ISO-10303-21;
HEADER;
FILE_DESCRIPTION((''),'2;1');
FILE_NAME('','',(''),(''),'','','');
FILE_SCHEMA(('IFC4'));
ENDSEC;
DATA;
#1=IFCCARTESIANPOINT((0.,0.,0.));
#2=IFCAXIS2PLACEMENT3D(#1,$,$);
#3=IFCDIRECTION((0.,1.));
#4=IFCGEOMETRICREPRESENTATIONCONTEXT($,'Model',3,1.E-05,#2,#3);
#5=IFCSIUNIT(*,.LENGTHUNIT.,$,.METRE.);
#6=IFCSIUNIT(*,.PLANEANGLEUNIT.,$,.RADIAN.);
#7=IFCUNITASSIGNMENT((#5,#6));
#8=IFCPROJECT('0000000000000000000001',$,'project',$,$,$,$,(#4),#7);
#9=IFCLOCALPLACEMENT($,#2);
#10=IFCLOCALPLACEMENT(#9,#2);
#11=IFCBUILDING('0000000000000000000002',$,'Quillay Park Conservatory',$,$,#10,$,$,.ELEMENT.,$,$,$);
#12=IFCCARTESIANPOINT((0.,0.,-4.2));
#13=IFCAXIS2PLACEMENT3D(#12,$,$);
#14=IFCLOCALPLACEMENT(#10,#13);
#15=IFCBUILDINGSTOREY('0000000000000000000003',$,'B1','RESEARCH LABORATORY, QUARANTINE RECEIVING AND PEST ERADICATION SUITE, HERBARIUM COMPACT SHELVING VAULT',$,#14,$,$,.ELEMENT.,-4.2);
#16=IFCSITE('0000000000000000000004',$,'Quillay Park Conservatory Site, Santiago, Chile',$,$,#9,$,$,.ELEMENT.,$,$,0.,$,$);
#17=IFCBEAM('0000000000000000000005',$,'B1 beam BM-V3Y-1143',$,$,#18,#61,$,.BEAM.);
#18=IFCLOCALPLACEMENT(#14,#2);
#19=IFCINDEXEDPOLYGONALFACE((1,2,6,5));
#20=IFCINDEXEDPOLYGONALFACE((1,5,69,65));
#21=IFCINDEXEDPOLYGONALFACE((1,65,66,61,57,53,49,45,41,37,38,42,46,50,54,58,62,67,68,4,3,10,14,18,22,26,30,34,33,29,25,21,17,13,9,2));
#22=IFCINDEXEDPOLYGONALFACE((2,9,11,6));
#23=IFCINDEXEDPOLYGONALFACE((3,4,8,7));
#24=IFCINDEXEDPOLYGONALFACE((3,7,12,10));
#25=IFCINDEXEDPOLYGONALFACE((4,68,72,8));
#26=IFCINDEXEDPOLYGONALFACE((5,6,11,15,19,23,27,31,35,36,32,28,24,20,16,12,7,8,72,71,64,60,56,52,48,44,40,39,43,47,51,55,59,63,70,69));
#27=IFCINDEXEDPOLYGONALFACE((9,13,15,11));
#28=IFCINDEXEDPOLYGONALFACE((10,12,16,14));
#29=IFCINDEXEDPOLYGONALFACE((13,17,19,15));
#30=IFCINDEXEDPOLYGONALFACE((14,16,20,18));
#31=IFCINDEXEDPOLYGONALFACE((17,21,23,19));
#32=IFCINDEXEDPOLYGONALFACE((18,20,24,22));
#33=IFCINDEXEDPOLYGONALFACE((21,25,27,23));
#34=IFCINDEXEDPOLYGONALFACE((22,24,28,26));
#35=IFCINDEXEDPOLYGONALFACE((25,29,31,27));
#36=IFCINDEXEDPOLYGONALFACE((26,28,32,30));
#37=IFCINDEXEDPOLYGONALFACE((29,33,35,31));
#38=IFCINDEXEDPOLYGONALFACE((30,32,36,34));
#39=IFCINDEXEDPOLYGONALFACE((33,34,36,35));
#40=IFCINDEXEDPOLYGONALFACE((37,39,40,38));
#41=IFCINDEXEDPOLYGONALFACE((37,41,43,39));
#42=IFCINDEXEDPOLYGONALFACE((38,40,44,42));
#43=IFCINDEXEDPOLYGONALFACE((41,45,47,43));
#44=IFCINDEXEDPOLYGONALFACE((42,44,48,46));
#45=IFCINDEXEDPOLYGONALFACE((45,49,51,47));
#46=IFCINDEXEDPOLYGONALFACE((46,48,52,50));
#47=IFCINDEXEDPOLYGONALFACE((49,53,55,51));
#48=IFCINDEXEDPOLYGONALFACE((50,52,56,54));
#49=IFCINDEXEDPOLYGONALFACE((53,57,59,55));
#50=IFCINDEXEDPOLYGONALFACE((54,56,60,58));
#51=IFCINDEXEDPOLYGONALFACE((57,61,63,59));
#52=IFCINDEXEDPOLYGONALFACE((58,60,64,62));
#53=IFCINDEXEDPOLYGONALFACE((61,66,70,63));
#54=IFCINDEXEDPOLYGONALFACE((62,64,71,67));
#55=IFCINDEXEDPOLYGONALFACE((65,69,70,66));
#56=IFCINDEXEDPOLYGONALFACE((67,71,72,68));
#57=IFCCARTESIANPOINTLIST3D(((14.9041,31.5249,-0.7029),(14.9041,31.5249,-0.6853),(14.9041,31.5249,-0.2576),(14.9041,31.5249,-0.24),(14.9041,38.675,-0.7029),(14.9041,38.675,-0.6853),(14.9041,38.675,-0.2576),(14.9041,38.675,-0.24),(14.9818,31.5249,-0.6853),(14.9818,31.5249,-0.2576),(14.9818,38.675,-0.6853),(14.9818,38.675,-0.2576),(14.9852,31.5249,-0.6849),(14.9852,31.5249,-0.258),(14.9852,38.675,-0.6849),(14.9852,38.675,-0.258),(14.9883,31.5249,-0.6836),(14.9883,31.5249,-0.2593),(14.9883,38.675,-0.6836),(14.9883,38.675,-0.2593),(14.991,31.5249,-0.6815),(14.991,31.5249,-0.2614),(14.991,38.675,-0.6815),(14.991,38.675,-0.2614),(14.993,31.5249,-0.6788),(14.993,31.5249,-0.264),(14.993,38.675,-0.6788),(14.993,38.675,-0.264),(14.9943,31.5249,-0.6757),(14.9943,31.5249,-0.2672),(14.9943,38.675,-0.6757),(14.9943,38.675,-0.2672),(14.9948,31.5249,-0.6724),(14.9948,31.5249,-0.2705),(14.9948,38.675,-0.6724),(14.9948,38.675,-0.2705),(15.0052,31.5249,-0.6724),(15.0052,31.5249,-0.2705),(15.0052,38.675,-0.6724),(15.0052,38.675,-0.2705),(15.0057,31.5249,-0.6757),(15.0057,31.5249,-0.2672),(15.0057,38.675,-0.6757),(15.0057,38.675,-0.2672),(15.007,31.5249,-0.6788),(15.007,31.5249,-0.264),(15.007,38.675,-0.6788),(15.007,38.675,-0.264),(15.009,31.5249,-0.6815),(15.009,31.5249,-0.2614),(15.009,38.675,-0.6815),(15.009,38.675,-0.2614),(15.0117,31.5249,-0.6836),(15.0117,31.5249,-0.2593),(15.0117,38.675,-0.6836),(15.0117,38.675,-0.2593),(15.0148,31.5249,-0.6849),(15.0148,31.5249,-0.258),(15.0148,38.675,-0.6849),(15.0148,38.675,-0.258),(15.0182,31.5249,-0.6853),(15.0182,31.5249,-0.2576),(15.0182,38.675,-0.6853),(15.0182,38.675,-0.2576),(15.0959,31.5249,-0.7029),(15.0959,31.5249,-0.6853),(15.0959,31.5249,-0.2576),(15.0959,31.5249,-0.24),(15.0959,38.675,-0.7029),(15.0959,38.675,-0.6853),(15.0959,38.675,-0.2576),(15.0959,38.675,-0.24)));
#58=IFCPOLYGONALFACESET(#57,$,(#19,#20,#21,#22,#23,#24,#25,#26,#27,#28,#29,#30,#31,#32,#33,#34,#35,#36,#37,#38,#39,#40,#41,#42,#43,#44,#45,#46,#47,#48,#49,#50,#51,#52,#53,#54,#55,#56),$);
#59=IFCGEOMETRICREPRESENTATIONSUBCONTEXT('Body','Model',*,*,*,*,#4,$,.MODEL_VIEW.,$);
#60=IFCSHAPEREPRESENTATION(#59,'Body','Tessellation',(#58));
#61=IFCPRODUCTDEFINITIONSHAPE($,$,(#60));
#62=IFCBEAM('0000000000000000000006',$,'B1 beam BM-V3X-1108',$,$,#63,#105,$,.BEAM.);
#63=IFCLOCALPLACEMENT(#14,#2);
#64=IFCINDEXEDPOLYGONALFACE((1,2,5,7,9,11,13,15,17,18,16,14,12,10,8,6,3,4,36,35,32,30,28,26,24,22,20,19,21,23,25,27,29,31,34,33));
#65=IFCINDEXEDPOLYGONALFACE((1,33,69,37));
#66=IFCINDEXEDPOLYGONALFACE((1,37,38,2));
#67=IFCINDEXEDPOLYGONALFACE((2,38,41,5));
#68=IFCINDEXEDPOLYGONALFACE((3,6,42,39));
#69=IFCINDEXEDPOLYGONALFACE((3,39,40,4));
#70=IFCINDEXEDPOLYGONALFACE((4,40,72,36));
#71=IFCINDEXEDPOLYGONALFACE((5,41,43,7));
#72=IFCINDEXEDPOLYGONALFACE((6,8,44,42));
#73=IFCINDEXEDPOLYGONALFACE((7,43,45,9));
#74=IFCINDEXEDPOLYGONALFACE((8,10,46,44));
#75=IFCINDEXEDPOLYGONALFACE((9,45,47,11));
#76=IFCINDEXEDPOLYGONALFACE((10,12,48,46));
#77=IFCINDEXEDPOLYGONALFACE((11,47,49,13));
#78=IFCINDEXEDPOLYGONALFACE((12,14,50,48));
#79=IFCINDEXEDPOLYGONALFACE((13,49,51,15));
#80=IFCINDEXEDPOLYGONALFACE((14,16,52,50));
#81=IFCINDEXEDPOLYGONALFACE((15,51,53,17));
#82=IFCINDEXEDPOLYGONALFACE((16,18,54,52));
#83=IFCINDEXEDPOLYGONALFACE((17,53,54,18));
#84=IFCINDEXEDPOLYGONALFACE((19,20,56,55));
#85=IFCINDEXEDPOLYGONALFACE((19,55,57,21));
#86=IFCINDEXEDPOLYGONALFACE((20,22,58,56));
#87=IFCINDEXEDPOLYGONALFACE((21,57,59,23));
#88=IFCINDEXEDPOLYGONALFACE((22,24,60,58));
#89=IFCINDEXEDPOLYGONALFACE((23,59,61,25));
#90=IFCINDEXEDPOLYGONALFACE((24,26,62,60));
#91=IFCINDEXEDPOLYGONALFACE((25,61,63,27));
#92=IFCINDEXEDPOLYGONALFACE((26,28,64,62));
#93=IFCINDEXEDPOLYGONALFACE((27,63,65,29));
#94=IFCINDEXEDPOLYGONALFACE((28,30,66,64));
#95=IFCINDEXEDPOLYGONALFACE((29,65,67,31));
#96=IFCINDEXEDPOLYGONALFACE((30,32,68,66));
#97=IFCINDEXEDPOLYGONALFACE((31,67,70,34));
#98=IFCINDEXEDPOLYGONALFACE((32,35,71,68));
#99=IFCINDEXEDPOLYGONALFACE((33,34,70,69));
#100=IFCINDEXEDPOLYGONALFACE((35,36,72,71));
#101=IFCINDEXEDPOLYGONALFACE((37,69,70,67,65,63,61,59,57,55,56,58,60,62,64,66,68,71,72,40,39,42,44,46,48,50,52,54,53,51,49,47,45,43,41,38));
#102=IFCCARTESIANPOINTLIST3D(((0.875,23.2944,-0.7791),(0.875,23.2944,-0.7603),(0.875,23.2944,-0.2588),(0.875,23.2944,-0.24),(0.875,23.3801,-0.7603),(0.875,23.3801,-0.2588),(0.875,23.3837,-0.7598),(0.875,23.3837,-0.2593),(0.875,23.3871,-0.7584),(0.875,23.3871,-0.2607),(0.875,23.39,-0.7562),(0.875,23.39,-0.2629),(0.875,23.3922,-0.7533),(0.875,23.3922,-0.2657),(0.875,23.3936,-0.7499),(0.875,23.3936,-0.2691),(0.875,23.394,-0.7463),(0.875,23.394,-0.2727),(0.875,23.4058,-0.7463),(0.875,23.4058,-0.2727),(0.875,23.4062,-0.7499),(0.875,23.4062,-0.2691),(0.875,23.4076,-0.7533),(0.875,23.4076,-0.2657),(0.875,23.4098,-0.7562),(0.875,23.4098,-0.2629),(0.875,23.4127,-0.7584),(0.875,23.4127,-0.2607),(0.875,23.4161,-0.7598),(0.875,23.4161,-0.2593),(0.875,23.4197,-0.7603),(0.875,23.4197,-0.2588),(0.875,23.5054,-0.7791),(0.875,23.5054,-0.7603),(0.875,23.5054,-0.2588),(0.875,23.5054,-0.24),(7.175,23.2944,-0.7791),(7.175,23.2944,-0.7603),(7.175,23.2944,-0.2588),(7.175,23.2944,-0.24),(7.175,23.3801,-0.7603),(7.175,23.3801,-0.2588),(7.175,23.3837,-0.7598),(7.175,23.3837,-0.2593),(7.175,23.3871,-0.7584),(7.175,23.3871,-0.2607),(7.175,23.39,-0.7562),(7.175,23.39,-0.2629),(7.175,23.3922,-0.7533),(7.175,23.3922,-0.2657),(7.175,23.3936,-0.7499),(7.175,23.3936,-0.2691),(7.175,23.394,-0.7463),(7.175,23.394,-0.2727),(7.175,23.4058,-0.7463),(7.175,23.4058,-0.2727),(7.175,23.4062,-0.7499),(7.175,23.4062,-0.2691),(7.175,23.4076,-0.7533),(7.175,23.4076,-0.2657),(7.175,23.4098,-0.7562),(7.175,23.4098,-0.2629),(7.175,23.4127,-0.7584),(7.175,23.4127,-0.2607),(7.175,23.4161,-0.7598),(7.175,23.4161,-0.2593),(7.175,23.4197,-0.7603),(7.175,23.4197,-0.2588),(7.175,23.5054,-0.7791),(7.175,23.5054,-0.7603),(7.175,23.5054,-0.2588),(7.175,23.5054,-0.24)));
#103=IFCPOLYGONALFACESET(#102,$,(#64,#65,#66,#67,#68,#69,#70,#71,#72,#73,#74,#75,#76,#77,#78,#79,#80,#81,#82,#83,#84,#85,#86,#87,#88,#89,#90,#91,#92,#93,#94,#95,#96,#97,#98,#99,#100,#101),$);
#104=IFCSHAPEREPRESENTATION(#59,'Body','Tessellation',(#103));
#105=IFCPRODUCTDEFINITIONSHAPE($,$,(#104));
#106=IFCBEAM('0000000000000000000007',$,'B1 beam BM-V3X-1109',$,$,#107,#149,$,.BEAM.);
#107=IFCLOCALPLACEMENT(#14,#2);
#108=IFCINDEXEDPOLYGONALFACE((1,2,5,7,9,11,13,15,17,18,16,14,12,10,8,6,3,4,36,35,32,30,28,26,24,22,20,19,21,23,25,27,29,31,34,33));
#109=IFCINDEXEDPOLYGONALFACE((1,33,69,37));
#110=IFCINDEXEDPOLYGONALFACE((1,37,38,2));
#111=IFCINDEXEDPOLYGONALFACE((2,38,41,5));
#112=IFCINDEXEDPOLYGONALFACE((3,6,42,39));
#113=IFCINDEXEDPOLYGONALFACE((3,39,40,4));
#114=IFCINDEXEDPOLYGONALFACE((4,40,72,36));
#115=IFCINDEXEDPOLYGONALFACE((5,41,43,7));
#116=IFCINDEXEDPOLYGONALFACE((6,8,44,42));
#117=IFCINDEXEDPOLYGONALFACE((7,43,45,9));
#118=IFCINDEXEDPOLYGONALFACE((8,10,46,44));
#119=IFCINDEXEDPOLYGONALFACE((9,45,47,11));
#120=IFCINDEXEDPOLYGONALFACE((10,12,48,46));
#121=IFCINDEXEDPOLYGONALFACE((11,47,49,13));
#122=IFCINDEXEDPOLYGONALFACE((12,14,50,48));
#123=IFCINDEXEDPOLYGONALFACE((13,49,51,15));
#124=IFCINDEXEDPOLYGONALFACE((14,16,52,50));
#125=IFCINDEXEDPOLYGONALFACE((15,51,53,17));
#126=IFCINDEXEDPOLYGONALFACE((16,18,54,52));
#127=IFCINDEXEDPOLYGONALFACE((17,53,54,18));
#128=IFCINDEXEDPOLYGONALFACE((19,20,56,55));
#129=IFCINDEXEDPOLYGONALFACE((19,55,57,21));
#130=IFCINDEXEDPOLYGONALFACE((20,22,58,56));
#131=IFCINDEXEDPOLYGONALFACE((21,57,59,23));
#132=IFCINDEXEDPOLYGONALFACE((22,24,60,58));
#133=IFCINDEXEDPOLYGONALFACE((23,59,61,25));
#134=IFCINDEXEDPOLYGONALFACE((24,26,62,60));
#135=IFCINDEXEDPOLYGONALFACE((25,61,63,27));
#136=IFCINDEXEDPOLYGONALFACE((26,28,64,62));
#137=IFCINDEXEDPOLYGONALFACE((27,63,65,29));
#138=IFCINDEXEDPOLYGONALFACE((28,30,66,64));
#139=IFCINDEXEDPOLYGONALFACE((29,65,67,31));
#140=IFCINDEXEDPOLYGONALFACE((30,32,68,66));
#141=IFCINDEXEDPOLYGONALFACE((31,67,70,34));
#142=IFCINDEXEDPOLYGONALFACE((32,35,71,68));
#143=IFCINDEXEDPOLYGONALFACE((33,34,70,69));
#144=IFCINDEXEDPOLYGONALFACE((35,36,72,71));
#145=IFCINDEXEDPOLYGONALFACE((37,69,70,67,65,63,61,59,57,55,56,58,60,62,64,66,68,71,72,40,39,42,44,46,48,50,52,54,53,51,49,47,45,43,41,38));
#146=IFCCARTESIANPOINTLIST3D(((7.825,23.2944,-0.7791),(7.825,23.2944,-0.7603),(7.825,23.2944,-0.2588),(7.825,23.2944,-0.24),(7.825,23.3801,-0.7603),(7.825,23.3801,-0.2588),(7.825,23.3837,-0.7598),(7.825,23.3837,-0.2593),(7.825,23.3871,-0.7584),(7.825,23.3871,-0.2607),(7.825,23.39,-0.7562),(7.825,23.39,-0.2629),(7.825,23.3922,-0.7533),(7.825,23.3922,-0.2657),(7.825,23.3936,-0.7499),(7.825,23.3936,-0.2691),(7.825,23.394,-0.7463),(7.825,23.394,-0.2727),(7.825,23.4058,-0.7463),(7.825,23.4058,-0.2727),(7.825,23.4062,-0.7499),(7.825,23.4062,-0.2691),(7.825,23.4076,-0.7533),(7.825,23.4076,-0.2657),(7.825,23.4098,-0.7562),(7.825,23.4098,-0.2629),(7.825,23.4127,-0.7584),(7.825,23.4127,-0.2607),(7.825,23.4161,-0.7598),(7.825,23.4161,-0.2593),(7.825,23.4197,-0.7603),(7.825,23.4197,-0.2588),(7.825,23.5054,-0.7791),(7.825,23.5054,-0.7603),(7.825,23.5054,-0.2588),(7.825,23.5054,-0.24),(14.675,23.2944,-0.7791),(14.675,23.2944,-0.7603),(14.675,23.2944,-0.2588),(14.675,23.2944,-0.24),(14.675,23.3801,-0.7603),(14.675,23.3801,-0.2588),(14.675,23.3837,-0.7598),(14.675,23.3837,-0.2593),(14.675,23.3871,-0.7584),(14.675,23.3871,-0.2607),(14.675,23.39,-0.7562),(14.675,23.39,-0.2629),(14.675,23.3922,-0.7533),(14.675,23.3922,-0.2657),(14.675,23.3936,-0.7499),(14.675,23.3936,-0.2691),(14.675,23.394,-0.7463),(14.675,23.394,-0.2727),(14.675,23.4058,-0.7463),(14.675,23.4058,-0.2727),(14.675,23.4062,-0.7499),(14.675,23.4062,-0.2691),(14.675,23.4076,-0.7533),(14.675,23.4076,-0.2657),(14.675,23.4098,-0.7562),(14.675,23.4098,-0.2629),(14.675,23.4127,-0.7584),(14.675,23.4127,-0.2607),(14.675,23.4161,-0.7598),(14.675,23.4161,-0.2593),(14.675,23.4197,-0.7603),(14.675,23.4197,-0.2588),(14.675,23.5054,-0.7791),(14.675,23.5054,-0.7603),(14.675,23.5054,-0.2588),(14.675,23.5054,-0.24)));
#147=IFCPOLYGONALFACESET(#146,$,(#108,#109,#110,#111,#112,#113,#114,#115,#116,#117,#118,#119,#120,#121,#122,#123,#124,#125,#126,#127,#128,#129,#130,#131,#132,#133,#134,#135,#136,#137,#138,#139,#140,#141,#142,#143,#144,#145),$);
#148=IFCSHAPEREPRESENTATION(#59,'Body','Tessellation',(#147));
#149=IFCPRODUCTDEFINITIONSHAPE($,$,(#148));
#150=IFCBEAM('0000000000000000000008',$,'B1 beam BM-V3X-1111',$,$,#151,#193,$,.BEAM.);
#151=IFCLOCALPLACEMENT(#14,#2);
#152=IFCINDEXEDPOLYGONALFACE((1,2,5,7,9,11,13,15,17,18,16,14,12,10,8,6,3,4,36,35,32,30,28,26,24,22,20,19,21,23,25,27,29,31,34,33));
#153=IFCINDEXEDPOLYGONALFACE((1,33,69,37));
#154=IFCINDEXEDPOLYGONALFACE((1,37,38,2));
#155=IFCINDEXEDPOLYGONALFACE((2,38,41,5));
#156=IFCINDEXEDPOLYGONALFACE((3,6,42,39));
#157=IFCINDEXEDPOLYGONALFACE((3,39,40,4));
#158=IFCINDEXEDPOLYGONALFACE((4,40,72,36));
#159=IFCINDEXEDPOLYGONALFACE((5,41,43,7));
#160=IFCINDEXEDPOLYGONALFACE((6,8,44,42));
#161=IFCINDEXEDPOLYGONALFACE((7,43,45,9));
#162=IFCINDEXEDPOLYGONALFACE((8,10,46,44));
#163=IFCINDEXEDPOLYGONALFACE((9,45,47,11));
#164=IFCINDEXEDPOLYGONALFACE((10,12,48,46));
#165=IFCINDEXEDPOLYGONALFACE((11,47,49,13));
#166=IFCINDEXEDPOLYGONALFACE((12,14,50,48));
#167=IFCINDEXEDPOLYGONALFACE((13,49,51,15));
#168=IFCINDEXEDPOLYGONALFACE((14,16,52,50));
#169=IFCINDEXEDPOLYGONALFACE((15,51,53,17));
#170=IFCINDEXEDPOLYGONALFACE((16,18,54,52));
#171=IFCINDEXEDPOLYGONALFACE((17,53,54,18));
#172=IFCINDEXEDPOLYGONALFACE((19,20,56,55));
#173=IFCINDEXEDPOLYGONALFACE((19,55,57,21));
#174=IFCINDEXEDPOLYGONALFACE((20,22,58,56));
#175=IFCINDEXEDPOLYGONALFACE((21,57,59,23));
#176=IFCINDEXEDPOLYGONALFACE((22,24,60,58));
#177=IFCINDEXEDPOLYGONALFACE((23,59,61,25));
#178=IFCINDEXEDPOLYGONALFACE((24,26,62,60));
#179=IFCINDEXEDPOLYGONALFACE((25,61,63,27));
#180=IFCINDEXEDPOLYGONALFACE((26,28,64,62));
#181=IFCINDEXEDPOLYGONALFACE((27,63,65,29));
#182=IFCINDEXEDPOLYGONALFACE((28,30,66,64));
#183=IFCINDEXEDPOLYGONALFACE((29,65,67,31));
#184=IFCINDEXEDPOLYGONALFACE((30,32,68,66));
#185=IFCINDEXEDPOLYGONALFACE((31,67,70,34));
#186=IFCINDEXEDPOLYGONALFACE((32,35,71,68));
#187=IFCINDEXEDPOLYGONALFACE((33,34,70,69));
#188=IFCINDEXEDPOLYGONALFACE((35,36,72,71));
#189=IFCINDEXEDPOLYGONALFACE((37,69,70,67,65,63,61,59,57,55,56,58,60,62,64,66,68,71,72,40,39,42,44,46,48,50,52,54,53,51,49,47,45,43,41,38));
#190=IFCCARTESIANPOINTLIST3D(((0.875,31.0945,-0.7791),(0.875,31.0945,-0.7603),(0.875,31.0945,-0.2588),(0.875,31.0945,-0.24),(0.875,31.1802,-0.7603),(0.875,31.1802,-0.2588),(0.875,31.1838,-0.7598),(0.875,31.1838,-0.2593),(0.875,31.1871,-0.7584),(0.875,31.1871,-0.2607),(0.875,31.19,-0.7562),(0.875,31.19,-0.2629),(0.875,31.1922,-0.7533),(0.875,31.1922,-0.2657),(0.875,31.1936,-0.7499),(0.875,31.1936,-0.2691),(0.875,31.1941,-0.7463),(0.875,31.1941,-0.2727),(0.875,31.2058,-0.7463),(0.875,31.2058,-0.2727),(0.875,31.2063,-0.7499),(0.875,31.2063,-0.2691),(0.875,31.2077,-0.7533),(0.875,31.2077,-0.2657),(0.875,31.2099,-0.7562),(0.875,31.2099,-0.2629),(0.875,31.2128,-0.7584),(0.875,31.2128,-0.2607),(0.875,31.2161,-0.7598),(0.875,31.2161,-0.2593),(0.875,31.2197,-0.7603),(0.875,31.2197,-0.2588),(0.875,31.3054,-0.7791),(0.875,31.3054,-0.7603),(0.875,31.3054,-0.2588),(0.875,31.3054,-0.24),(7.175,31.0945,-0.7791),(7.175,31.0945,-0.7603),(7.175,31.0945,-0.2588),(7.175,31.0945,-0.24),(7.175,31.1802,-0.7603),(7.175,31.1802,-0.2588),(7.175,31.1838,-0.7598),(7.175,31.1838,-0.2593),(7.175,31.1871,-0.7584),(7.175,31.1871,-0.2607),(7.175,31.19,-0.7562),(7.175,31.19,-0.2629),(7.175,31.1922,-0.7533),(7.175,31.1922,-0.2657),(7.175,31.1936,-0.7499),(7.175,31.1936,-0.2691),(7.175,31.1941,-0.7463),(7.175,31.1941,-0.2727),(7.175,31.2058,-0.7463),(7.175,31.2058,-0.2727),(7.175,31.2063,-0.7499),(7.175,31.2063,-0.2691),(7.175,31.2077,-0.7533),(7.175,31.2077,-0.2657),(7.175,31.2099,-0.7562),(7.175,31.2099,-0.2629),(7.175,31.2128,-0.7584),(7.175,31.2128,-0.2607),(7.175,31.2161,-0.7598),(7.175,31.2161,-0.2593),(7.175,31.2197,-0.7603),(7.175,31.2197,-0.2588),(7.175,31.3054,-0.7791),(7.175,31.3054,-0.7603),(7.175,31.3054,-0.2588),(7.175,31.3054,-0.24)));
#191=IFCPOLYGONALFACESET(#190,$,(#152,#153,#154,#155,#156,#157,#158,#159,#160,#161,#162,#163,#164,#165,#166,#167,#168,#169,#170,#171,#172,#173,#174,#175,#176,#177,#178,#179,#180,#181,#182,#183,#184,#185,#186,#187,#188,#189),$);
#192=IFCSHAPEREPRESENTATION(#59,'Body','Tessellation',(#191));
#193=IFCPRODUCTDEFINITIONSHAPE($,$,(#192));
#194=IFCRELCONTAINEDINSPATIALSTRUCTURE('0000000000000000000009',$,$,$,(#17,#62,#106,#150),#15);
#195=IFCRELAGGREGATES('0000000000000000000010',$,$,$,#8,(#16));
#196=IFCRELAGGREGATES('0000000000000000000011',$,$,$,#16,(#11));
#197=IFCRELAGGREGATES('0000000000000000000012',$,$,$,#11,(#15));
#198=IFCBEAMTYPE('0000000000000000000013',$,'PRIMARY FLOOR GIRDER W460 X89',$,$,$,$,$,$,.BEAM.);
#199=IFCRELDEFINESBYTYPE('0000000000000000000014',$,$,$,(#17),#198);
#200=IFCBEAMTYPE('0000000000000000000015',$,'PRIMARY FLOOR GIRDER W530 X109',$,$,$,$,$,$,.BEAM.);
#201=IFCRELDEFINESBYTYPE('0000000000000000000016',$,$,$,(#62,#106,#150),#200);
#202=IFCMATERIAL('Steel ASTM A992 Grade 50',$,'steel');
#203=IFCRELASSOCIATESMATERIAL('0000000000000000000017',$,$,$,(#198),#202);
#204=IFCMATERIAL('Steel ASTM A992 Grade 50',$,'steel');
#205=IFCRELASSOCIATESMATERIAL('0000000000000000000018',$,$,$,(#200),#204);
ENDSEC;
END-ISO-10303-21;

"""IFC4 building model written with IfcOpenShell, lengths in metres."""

from ifc_helpers import new_model, si_unit, direction, frame, origin, origin_2d, place, context, subcontext, project, spatial, i_section, extrude, material, material_profile, profile_set, type_object, element, save


model = new_model("IFC4")

# Units and contexts
model_context = context("Model", 3, precision=1e-05, world=origin(), true_north=direction((0.0, 1.0)))
body_context = subcontext(model_context, "Body", "Model", "MODEL_VIEW")
ifc_project = project(units=[si_unit("LENGTHUNIT", "METRE"), si_unit("PLANEANGLEUNIT", "RADIAN")], contexts=[model_context])

# Site, building, storey
site_placement = place(None, origin())
site = spatial("IfcSite", under=ifc_project, at=site_placement, Name="Quillay Park Conservatory Site, Santiago, Chile", CompositionType="ELEMENT", RefElevation=0.0)
building_placement = place(site_placement, origin())
building = spatial("IfcBuilding", under=site, at=building_placement, Name="Quillay Park Conservatory", CompositionType="ELEMENT")
storey_placement = place(building_placement, frame((0.0, 0.0, -4.2)))
storey = spatial("IfcBuildingStorey", under=building, at=storey_placement, Name="B1", Description="RESEARCH LABORATORY, QUARANTINE RECEIVING AND PEST ERADICATION SUITE, HERBARIUM COMPACT SHELVING VAULT", CompositionType="ELEMENT", Elevation=-4.2)

# Beams
ifc_material_1 = material(Name="Steel ASTM A992 Grade 50", Category="steel")
ifc_material_profile_1 = material_profile(ifc_material_1, i_section(OverallWidth=0.1919, OverallDepth=0.4629, WebThickness=0.0105, FlangeThickness=0.0176, FilletRadius=0.0129, at=origin_2d()), Name="W460x89")
ifc_profile_set_1 = profile_set([ifc_material_profile_1], Name="Steel ASTM A992 Grade 50")
beam_type_1 = type_object("IfcBeamType", Name="PRIMARY FLOOR GIRDER W460 X89", PredefinedType="BEAM", material=ifc_profile_set_1)
beam_1_placement = place(storey_placement, frame((15.0, 31.5249, -0.4714), z_axis=(0.0, 1.0, 0.0), x_axis=(-1.0, 0.0, 0.0)))
element("IfcBeam", 1, at=beam_1_placement, inside=storey, type_object=beam_type_1, Name="B1 beam BM-V3Y-1143", PredefinedType="BEAM", context=body_context, shape_type="SweptSolid", body=[
    extrude(i_section(OverallWidth=0.1919, OverallDepth=0.4629, WebThickness=0.0105, FlangeThickness=0.0176, FilletRadius=0.0129, at=origin_2d()), origin(), (0.0, 0.0, 1.0), 7.1501),
])
ifc_material_2 = material(Name="Steel ASTM A992 Grade 50", Category="steel")
ifc_material_profile_2 = material_profile(ifc_material_2, i_section(OverallWidth=0.2109, OverallDepth=0.5391, WebThickness=0.0117, FlangeThickness=0.0188, FilletRadius=0.0139, at=origin_2d()), Name="W530x109")
ifc_profile_set_2 = profile_set([ifc_material_profile_2], Name="Steel ASTM A992 Grade 50")
beam_type_2 = type_object("IfcBeamType", Name="PRIMARY FLOOR GIRDER W530 X109", PredefinedType="BEAM", material=ifc_profile_set_2)
beam_2_placement = place(storey_placement, frame((0.875, 23.3999, -0.5095), z_axis=(1.0, 0.0, 0.0), x_axis=(0.0, 1.0, 0.0)))
element("IfcBeam", 2, at=beam_2_placement, inside=storey, type_object=beam_type_2, Name="B1 beam BM-V3X-1108", PredefinedType="BEAM", context=body_context, shape_type="SweptSolid", body=[
    extrude(i_section(OverallWidth=0.2109, OverallDepth=0.5391, WebThickness=0.0117, FlangeThickness=0.0188, FilletRadius=0.0139, at=origin_2d()), origin(), (0.0, 0.0, 1.0), 6.3),
])
beam_3_placement = place(storey_placement, frame((7.825, 23.3999, -0.5095), z_axis=(1.0, 0.0, 0.0), x_axis=(0.0, 1.0, 0.0)))
element("IfcBeam", 3, at=beam_3_placement, inside=storey, type_object=beam_type_2, Name="B1 beam BM-V3X-1109", PredefinedType="BEAM", context=body_context, shape_type="SweptSolid", body=[
    extrude(i_section(OverallWidth=0.2109, OverallDepth=0.5391, WebThickness=0.0117, FlangeThickness=0.0188, FilletRadius=0.0139, at=origin_2d()), origin(), (0.0, 0.0, 1.0), 6.8501),
])
beam_4_placement = place(storey_placement, frame((0.875, 31.2, -0.5095), z_axis=(1.0, 0.0, 0.0), x_axis=(0.0, 1.0, 0.0)))
element("IfcBeam", 4, at=beam_4_placement, inside=storey, type_object=beam_type_2, Name="B1 beam BM-V3X-1111", PredefinedType="BEAM", context=body_context, shape_type="SweptSolid", body=[
    extrude(i_section(OverallWidth=0.2109, OverallDepth=0.5391, WebThickness=0.0117, FlangeThickness=0.0188, FilletRadius=0.0139, at=origin_2d()), origin(), (0.0, 0.0, 1.0), 6.3),
])

save(model, "model.ifc")
